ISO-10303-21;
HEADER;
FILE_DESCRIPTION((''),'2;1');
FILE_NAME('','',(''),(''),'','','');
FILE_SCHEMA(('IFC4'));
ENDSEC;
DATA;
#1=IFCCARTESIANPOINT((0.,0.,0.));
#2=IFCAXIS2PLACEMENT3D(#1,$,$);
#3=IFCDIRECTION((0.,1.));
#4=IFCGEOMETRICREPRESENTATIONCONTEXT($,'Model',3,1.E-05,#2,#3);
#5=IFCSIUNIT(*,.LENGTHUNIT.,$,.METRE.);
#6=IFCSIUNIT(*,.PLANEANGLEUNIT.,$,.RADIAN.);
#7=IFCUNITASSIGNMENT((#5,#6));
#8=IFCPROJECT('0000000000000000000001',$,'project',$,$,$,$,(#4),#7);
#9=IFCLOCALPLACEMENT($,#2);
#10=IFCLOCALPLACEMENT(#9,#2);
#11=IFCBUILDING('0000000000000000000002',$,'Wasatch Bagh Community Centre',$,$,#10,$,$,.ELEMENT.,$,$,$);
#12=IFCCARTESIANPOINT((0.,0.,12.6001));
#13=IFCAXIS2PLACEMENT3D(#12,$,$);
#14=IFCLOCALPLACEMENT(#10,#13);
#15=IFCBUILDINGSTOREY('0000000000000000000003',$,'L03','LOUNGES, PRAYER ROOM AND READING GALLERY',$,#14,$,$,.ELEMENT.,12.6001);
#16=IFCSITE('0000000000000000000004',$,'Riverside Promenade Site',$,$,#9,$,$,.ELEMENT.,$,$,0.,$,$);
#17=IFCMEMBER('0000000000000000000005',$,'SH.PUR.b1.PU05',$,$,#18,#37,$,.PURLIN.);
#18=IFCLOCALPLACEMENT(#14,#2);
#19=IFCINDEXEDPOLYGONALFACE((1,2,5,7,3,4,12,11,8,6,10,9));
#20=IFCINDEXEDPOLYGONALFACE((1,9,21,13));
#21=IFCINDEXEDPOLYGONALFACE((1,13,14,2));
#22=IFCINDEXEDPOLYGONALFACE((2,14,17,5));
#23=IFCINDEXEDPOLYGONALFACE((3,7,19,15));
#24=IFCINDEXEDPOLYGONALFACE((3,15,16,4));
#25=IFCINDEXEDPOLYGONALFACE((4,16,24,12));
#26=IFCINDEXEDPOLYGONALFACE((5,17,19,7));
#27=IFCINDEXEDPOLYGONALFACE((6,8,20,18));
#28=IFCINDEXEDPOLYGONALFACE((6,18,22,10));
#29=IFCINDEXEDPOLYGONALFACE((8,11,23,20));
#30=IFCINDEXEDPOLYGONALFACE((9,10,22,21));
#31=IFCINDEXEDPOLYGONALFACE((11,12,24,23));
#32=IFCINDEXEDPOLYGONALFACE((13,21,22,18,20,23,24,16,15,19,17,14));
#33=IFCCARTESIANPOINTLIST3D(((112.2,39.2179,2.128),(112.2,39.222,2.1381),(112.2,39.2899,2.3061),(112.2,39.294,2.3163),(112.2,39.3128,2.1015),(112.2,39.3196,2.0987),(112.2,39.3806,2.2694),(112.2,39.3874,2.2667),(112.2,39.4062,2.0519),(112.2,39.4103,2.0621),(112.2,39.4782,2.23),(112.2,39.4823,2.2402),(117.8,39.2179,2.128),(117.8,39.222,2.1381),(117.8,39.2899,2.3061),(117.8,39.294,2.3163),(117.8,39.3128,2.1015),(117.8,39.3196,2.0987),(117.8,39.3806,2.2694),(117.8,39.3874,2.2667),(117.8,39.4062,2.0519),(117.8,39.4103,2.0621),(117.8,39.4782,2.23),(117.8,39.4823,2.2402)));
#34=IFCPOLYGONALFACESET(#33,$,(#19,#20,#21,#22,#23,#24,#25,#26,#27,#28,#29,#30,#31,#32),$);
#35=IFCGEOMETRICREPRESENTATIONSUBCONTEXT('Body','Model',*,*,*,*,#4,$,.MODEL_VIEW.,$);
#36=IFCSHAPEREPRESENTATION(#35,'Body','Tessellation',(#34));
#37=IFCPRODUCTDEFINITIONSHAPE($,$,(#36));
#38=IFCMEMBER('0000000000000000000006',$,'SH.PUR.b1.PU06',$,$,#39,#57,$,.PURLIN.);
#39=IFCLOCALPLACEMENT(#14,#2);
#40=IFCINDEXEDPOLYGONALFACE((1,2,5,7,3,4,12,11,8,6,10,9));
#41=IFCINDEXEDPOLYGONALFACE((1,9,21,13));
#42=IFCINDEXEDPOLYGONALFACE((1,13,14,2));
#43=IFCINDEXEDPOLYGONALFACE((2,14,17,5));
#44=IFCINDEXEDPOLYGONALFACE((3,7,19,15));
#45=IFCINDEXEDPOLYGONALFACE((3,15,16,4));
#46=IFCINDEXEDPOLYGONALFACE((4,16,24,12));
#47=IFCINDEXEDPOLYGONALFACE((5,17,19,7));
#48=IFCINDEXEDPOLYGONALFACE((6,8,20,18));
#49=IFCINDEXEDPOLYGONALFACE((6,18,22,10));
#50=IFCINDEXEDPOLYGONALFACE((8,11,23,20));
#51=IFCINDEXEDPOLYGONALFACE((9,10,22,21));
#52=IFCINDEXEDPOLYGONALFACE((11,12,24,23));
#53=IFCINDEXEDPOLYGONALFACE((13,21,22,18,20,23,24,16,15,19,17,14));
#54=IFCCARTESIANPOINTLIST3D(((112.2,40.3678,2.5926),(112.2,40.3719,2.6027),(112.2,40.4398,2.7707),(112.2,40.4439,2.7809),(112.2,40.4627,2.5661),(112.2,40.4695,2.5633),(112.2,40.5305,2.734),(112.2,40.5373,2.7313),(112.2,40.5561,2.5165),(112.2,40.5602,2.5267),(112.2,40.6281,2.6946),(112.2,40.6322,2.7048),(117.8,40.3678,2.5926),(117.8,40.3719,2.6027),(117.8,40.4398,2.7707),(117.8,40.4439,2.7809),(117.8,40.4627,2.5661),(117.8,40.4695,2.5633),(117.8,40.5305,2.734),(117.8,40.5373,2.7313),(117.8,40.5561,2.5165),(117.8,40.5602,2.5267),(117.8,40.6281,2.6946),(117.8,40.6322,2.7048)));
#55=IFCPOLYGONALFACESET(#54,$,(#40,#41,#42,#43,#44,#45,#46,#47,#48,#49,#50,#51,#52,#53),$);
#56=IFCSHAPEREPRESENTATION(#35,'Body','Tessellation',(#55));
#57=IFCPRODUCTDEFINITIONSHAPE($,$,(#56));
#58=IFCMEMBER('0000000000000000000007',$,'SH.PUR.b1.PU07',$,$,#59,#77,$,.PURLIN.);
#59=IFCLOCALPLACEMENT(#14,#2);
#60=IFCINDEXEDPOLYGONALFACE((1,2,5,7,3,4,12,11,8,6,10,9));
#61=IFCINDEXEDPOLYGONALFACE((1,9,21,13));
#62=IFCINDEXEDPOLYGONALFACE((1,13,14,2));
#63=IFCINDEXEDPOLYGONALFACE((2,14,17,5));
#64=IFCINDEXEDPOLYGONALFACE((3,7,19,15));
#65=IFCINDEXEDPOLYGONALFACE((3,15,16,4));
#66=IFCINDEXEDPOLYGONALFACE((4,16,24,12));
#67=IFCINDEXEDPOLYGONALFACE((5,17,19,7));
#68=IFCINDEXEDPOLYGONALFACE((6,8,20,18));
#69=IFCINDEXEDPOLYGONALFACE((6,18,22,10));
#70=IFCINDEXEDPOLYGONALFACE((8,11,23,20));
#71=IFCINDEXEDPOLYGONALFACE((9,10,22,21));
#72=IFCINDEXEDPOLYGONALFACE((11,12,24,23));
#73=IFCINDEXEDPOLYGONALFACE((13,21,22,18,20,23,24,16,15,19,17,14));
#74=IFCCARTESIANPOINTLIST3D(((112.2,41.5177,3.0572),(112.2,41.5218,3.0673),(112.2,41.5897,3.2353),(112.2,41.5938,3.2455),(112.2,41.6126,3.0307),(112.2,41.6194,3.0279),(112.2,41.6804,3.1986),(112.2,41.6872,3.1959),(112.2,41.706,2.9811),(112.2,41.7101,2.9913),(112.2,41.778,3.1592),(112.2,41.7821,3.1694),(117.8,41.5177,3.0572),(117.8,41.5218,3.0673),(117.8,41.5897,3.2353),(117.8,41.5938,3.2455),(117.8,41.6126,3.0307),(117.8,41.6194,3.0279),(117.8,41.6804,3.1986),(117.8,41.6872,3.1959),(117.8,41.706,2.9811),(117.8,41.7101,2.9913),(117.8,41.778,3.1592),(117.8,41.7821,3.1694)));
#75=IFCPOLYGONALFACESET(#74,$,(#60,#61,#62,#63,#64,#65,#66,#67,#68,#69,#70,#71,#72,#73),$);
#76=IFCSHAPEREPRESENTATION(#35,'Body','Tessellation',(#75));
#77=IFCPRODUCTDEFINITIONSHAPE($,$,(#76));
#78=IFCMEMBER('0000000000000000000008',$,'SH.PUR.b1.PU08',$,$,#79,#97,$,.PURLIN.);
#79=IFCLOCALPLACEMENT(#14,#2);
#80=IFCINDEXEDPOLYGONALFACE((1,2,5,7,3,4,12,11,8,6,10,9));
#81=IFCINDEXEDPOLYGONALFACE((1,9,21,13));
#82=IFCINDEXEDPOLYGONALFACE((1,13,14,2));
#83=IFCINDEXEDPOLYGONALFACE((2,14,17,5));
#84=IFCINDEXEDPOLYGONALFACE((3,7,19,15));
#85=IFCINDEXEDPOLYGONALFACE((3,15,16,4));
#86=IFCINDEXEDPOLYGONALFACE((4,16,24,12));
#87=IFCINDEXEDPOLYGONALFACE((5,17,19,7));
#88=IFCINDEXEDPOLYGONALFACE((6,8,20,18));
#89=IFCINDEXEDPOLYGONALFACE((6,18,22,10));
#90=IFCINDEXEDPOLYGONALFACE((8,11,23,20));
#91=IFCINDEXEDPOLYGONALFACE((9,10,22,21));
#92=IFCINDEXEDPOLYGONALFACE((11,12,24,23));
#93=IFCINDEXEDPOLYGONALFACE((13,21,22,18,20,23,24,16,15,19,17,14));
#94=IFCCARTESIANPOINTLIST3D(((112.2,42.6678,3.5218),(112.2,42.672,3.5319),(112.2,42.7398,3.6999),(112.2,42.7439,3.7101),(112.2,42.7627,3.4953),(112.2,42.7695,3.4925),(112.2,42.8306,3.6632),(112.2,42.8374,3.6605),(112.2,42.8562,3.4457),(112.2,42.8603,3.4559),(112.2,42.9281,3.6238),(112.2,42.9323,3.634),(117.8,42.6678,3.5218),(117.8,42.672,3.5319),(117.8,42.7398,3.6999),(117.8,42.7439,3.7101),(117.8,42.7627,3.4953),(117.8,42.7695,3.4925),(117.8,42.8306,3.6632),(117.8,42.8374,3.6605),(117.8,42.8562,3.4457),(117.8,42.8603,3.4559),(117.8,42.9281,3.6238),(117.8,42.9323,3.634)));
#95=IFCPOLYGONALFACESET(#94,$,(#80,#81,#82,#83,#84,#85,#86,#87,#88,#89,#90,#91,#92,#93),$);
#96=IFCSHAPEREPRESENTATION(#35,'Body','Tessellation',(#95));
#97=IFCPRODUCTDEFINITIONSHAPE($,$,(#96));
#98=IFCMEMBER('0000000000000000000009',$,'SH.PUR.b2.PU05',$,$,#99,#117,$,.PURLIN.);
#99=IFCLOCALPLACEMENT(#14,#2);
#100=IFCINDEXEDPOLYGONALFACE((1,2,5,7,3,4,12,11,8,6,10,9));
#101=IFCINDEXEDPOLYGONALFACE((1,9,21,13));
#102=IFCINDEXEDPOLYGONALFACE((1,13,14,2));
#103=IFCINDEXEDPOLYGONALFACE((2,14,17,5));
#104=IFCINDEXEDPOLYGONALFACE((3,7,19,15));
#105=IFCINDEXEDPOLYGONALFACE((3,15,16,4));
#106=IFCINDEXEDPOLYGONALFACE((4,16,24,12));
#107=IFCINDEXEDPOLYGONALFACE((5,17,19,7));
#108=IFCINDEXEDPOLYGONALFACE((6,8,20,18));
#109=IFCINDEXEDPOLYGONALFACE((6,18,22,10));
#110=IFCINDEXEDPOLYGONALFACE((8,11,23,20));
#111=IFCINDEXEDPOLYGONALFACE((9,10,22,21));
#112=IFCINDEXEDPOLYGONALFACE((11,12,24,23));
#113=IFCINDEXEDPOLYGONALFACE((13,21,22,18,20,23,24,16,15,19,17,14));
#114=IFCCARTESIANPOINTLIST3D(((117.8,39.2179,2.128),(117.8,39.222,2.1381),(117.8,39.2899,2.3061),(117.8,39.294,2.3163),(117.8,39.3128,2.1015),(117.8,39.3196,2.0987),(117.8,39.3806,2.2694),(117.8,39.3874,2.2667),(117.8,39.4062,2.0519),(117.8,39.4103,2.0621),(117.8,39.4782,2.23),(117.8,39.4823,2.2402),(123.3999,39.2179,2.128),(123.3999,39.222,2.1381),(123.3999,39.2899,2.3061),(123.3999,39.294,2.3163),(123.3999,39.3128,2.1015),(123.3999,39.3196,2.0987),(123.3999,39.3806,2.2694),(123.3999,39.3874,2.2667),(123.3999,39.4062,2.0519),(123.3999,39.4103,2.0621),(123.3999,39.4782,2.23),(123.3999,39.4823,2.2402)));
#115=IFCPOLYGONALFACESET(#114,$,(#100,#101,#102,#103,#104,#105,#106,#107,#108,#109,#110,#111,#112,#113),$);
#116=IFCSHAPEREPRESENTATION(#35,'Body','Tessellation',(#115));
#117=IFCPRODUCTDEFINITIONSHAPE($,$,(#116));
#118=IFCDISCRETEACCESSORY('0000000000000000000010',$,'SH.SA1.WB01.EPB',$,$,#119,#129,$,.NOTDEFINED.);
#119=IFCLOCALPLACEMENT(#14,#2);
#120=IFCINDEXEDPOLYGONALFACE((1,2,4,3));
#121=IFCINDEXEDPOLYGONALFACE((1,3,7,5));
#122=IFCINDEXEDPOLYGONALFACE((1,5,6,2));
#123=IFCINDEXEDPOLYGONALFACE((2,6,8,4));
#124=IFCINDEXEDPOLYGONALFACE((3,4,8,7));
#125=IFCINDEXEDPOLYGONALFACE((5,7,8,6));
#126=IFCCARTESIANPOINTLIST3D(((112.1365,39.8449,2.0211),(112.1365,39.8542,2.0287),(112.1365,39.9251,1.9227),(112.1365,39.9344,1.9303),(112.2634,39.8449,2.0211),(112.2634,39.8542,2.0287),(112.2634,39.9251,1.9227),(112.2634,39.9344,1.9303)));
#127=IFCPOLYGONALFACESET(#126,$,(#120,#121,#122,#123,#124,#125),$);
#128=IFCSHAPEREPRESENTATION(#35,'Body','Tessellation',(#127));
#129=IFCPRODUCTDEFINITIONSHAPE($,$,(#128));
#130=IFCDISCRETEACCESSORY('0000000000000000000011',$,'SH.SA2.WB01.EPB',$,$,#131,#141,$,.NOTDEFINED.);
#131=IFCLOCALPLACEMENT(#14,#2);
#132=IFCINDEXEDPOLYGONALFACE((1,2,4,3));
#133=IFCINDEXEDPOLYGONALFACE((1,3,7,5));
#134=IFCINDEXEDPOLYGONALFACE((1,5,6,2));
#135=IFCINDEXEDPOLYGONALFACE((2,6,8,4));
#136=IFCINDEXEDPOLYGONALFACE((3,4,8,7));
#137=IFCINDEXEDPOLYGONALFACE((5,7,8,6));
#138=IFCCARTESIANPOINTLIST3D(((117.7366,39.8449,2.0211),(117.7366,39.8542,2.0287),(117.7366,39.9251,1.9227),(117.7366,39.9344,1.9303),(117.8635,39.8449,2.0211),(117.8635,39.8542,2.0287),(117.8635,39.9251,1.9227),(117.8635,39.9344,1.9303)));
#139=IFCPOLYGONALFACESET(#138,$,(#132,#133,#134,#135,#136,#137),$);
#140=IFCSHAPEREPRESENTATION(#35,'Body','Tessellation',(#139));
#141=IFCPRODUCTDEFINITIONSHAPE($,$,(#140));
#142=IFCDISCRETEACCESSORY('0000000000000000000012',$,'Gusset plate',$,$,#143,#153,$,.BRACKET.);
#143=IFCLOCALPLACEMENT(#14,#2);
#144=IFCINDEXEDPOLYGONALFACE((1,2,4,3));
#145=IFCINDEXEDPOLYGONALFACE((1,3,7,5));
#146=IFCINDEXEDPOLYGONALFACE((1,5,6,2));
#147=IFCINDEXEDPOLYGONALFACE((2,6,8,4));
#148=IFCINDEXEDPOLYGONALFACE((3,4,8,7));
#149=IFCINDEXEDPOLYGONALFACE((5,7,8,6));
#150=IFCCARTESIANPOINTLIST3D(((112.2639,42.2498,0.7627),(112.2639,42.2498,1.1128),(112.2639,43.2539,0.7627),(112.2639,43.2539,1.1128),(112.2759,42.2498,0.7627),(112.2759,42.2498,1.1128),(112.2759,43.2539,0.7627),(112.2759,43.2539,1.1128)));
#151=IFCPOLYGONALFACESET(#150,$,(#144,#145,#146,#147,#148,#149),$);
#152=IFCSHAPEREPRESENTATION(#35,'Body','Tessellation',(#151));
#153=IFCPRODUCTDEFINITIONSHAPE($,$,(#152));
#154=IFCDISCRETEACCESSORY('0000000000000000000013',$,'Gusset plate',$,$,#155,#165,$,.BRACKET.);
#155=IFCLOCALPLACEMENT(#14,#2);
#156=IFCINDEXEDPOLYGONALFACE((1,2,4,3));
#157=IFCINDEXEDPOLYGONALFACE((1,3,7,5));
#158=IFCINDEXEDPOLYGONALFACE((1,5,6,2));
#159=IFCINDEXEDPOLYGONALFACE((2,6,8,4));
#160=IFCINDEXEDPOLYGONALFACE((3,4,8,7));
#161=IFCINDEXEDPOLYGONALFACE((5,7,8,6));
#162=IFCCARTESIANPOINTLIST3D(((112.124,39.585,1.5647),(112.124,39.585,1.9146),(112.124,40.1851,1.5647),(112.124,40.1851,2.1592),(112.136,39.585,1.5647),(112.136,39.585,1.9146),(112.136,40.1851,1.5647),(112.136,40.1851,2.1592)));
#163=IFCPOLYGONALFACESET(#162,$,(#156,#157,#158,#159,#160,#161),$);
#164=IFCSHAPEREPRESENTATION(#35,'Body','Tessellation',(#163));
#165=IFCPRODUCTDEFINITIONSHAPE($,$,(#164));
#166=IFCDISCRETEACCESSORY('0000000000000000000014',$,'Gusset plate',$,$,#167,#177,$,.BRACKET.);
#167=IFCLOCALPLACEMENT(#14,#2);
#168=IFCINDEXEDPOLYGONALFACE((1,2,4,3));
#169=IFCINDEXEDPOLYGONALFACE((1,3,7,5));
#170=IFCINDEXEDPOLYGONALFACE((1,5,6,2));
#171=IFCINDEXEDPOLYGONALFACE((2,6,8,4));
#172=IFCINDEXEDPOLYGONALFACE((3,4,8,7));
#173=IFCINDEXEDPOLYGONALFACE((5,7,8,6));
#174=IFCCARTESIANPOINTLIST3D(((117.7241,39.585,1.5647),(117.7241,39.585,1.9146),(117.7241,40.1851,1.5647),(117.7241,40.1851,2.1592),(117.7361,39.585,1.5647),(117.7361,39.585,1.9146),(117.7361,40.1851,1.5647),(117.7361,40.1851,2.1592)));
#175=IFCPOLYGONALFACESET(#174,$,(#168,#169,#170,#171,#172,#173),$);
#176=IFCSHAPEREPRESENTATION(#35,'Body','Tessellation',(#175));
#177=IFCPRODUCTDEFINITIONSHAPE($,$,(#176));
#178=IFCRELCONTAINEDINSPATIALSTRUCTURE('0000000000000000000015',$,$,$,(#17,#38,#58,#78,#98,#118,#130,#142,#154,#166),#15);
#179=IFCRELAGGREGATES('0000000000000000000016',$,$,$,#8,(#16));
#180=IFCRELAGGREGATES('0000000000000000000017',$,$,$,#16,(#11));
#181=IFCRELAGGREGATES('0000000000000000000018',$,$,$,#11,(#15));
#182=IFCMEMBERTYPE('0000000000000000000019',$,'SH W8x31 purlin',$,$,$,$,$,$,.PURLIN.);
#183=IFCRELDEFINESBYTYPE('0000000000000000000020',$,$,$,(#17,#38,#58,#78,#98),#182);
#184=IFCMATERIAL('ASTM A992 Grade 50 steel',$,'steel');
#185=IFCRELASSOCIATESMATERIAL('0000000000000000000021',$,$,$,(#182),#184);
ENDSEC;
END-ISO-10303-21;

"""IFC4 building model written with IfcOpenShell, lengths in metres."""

from ifc_helpers import new_model, si_unit, direction, frame, origin, origin_2d, place, context, subcontext, project, spatial, polyline, rectangle, i_section, outline, extrude, material, material_profile, profile_set, type_object, element, save


model = new_model("IFC4")

# Units and contexts
model_context = context("Model", 3, precision=1e-05, world=origin(), true_north=direction((0.0, 1.0)))
body_context = subcontext(model_context, "Body", "Model", "MODEL_VIEW")
ifc_project = project(units=[si_unit("LENGTHUNIT", "METRE"), si_unit("PLANEANGLEUNIT", "RADIAN")], contexts=[model_context])

# Site, building, storey
site_placement = place(None, origin())
site = spatial("IfcSite", under=ifc_project, at=site_placement, Name="Riverside Promenade Site", CompositionType="ELEMENT", RefElevation=0.0)
building_placement = place(site_placement, origin())
building = spatial("IfcBuilding", under=site, at=building_placement, Name="Wasatch Bagh Community Centre", CompositionType="ELEMENT")
storey_placement = place(building_placement, frame((0.0, 0.0, 12.6001)))
storey = spatial("IfcBuildingStorey", under=building, at=storey_placement, Name="L03", Description="LOUNGES, PRAYER ROOM AND READING GALLERY", CompositionType="ELEMENT", Elevation=12.6001)

# Members
ifc_material_1 = material(Name="ASTM A992 Grade 50 steel", Category="steel")
ifc_material_profile_1 = material_profile(ifc_material_1, i_section(OverallWidth=0.2031, OverallDepth=0.2031, WebThickness=0.0073, FlangeThickness=0.011, at=origin_2d()), Name="W8x31")
ifc_profile_set_1 = profile_set([ifc_material_profile_1], Name="ASTM A992 Grade 50 steel")
member_type_1 = type_object("IfcMemberType", Name="SH W8x31 purlin", PredefinedType="PURLIN", material=ifc_profile_set_1)
for number, where, z_axis, x_axis, name in (
    (1, (112.2, 39.3501, 2.1841), (1.0, 0.0, 0.0), (0.0, 0.927184, -0.374607), "SH.PUR.b1.PU05"),
    (2, (112.2, 40.5, 2.6487), (1.0, 0.0, 0.0), (0.0, 0.927184, -0.374607), "SH.PUR.b1.PU06"),
    (3, (112.2, 41.6499, 3.1133), (1.0, 0.0, 0.0), (0.0, 0.927184, -0.374607), "SH.PUR.b1.PU07"),
    (4, (112.2, 42.8, 3.5779), (1.0, 0.0, 0.0), (0.0, 0.927184, -0.374607), "SH.PUR.b1.PU08"),
):
    element("IfcMember", number, at=place(storey_placement, frame(where, z_axis=z_axis, x_axis=x_axis)), inside=storey, type_object=member_type_1, Name=name, PredefinedType="PURLIN", context=body_context, shape_type="SweptSolid", body=[
        extrude(i_section(OverallWidth=0.2031, OverallDepth=0.2031, WebThickness=0.0073, FlangeThickness=0.011, at=origin_2d()), origin(), (0.0, 0.0, 1.0), 5.6001),
    ])
member_1_placement = place(storey_placement, frame((117.8, 39.3501, 2.1841), z_axis=(1.0, 0.0, 0.0), x_axis=(0.0, 0.927184, -0.374607)))
element("IfcMember", 5, at=member_1_placement, inside=storey, type_object=member_type_1, Name="SH.PUR.b2.PU05", PredefinedType="PURLIN", context=body_context, shape_type="SweptSolid", body=[
    extrude(i_section(OverallWidth=0.2031, OverallDepth=0.2031, WebThickness=0.0073, FlangeThickness=0.011, at=origin_2d()), origin(), (0.0, 0.0, 1.0), 5.5999),
])

# Discrete accessories
for number, where, z_axis, x_axis, name in (
    (6, (112.2, 39.885, 1.9719), (0.0, 0.774865, 0.632127), (-1.0, 0.0, 0.0), "SH.SA1.WB01.EPB"),
    (7, (117.8, 39.885, 1.9719), (0.0, 0.774865, 0.632127), (-1.0, 0.0, 0.0), "SH.SA2.WB01.EPB"),
):
    element("IfcDiscreteAccessory", number, at=place(storey_placement, frame(where, z_axis=z_axis, x_axis=x_axis)), inside=storey, Name=name, PredefinedType="NOTDEFINED", context=body_context, shape_type="SweptSolid", body=[
        extrude(rectangle(XDim=0.127, YDim=0.127, at=origin_2d()), origin(), (0.0, 0.0, 1.0), 0.012),
    ])
discrete_accessory_1_placement = place(storey_placement, frame((112.2759, 42.2498, 0.7627), z_axis=(1.0, 0.0, 0.0), x_axis=(0.0, 1.0, 0.0)))
element("IfcDiscreteAccessory", 8, at=discrete_accessory_1_placement, inside=storey, Name="Gusset plate", PredefinedType="BRACKET", context=body_context, shape_type="SweptSolid", body=[
    extrude(outline(polyline([(0.0, 0.0), (1.0042, 0.0), (1.0042, 0.3501), (0.0, 0.3501), (0.0, 0.0)])), origin(), (0.0, 0.0, -1.0), 0.012),
])
discrete_accessory_2_placement = place(storey_placement, frame((112.124, 39.585, 1.9146), z_axis=(-1.0, 0.0, 0.0), x_axis=(0.0, 0.926014, 0.377488)))
element("IfcDiscreteAccessory", 9, at=discrete_accessory_2_placement, inside=storey, Name="Gusset plate", PredefinedType="BRACKET", context=body_context, shape_type="SweptSolid", body=[
    extrude(outline(polyline([(0.0, 0.0), (0.648, 0.0), (0.4236, 0.5505), (-0.1321, 0.324), (0.0, 0.0)])), origin(), (0.0, 0.0, -1.0), 0.012),
])
discrete_accessory_3_placement = place(storey_placement, frame((117.7241, 39.585, 1.9146), z_axis=(-1.0, 0.0, 0.0), x_axis=(0.0, 0.926014, 0.377488)))
element("IfcDiscreteAccessory", 10, at=discrete_accessory_3_placement, inside=storey, Name="Gusset plate", PredefinedType="BRACKET", context=body_context, shape_type="SweptSolid", body=[
    extrude(outline(polyline([(0.0, 0.0), (0.648, 0.0), (0.4236, 0.5505), (-0.1321, 0.324), (0.0, 0.0)])), origin(), (0.0, 0.0, -1.0), 0.012),
])

save(model, "model.ifc")
